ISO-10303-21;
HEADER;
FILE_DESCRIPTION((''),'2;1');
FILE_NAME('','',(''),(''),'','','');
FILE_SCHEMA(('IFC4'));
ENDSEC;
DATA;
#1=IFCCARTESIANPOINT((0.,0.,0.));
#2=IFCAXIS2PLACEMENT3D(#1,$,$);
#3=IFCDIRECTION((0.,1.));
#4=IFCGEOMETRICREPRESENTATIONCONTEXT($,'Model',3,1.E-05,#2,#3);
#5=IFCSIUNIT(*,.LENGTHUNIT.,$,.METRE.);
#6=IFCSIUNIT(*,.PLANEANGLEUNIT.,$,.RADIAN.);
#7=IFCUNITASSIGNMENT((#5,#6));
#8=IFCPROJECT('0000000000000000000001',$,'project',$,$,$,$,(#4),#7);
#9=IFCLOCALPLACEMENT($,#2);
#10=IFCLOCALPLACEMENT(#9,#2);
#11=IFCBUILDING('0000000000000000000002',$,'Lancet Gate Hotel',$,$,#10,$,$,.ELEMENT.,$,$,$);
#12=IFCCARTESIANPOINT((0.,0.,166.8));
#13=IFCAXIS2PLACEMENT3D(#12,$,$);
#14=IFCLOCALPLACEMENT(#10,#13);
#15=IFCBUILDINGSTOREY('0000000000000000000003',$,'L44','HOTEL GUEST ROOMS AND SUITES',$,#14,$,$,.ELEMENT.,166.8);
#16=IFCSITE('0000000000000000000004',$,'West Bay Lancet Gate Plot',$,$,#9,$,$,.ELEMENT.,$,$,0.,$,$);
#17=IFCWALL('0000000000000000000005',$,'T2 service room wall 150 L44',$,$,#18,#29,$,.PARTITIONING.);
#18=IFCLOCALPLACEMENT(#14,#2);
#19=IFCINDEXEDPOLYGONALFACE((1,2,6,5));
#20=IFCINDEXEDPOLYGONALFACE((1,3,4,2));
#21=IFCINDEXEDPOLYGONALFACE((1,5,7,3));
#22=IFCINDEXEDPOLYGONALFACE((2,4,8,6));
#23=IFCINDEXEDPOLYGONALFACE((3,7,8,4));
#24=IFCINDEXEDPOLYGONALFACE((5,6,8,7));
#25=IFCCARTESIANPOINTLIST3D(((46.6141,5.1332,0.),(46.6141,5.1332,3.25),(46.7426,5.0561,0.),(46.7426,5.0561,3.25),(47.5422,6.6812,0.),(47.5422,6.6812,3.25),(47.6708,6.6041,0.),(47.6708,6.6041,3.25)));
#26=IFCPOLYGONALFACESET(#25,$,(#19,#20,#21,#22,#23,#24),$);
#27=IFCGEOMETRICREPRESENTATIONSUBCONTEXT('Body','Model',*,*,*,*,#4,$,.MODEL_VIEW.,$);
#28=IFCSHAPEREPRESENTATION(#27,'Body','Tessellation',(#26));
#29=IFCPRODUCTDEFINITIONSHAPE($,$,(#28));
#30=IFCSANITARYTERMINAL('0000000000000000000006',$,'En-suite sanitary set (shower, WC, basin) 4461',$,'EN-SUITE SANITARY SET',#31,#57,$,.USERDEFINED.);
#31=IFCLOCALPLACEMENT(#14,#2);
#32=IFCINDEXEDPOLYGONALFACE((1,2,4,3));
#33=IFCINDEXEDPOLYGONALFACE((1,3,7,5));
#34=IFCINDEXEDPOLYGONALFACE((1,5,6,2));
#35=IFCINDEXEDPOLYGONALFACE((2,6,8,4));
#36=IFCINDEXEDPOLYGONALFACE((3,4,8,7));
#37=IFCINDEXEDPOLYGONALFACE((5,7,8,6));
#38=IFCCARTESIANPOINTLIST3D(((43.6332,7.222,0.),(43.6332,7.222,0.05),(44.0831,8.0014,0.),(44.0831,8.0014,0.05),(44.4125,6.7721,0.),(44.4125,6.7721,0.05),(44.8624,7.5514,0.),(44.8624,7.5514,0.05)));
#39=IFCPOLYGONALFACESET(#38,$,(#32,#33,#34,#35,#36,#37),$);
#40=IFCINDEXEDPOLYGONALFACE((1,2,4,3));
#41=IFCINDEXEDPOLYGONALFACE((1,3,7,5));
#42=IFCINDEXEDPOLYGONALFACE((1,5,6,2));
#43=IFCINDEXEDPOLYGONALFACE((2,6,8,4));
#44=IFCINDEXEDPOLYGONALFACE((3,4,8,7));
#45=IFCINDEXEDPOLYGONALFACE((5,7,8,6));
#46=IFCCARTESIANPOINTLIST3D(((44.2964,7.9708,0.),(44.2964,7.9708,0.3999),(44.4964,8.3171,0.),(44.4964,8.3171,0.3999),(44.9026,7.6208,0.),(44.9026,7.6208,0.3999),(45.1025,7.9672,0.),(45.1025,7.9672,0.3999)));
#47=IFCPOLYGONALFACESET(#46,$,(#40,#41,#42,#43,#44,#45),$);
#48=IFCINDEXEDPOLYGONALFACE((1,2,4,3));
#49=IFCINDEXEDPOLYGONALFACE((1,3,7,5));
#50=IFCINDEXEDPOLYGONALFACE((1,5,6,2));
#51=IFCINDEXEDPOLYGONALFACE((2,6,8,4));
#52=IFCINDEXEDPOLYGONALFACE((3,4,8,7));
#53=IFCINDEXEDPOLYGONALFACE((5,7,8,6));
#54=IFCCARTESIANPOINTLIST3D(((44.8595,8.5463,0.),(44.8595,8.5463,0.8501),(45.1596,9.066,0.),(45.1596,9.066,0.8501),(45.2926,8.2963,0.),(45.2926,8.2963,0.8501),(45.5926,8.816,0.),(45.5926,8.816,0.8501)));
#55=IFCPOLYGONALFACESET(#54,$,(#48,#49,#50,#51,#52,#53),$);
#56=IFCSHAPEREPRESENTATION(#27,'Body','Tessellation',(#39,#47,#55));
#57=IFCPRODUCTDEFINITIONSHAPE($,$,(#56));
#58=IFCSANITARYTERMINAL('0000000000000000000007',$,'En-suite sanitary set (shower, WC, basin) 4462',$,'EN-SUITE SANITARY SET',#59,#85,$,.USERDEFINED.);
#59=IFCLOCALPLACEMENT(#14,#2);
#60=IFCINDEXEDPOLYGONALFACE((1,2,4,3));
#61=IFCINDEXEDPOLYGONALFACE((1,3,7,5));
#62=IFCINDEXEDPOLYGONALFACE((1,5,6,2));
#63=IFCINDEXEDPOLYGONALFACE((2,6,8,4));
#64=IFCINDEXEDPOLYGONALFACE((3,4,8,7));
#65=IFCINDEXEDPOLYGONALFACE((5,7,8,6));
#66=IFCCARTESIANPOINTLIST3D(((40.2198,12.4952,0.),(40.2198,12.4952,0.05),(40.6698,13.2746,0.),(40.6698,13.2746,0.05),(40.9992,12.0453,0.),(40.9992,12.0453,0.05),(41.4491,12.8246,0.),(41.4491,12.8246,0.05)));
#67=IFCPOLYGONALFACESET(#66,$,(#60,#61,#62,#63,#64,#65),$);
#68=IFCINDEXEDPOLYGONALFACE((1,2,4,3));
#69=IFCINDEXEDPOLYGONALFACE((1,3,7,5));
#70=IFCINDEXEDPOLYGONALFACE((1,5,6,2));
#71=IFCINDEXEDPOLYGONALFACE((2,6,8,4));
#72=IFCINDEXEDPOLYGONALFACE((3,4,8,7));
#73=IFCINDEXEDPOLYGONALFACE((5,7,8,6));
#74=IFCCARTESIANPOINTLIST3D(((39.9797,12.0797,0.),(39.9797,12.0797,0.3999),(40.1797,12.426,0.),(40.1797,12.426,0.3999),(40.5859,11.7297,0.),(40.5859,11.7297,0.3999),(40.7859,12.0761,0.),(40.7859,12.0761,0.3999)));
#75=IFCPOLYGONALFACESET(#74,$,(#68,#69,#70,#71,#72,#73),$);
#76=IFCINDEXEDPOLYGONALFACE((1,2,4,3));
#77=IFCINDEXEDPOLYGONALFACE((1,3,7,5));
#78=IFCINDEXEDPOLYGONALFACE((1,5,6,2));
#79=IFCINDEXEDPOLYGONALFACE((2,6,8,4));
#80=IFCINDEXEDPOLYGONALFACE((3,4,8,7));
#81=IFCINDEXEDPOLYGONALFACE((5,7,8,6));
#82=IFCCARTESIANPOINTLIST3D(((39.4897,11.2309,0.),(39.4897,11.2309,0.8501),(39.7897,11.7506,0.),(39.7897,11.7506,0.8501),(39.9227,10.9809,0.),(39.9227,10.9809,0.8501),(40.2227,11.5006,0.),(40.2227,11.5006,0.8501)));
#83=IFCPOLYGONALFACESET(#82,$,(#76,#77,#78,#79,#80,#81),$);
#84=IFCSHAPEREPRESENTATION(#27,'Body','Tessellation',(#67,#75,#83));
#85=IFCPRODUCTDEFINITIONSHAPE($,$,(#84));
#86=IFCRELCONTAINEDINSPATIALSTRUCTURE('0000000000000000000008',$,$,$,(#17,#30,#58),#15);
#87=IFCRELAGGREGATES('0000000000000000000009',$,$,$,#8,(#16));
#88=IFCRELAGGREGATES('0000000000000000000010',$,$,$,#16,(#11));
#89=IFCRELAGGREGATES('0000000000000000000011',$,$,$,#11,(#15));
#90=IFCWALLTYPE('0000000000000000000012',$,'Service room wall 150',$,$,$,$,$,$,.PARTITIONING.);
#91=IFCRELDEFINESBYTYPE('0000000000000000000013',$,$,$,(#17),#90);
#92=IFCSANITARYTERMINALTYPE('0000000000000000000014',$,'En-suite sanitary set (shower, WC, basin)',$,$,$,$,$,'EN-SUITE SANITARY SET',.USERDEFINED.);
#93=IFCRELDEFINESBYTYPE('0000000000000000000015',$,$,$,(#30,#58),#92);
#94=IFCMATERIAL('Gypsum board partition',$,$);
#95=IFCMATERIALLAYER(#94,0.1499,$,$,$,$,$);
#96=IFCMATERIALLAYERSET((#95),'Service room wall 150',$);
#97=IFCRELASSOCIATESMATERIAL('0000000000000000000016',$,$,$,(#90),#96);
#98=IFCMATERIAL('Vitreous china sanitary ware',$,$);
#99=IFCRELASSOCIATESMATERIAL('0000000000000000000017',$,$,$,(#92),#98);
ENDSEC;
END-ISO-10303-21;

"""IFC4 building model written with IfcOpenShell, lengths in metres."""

from ifc_helpers import new_model, si_unit, direction, frame, frame_2d, origin, origin_2d, place, context, subcontext, project, spatial, rectangle, extrude, material, layer, layer_set, type_object, element, save


model = new_model("IFC4")

# Units and contexts
model_context = context("Model", 3, precision=1e-05, world=origin(), true_north=direction((0.0, 1.0)))
body_context = subcontext(model_context, "Body", "Model", "MODEL_VIEW")
ifc_project = project(units=[si_unit("LENGTHUNIT", "METRE"), si_unit("PLANEANGLEUNIT", "RADIAN")], contexts=[model_context])

# Site, building, storey
site_placement = place(None, origin())
site = spatial("IfcSite", under=ifc_project, at=site_placement, Name="West Bay Lancet Gate Plot", CompositionType="ELEMENT", RefElevation=0.0)
building_placement = place(site_placement, origin())
building = spatial("IfcBuilding", under=site, at=building_placement, Name="Lancet Gate Hotel", CompositionType="ELEMENT")
storey_placement = place(building_placement, frame((0.0, 0.0, 166.8)))
storey = spatial("IfcBuildingStorey", under=building, at=storey_placement, Name="L44", Description="HOTEL GUEST ROOMS AND SUITES", CompositionType="ELEMENT", Elevation=166.8)

# Wall
ifc_material_1 = material(Name="Gypsum board partition")
ifc_layer_1 = layer(ifc_material_1, 0.1499)
ifc_layer_set_1 = layer_set([ifc_layer_1], Name="Service room wall 150")
wall_type_1 = type_object("IfcWallType", Name="Service room wall 150", PredefinedType="PARTITIONING", material=ifc_layer_set_1)
wall_1_placement = place(storey_placement, frame((47.6064, 6.6426, 0.0), z_axis=(0.0, 0.0, 1.0), x_axis=(-0.514237, -0.857648, 0.0)))
element("IfcWall", 1, at=wall_1_placement, inside=storey, type_object=wall_type_1, Name="T2 service room wall 150 L44", PredefinedType="PARTITIONING", context=body_context, shape_type="SweptSolid", body=[
    extrude(rectangle(XDim=1.8049, YDim=0.1499, at=frame_2d((0.9023, 0.0))), origin(), (0.0, 0.0, 1.0), 3.25),
])

# Sanitary terminals
ifc_material_2 = material(Name="Vitreous china sanitary ware")
sanitary_terminal_type = type_object("IfcSanitaryTerminalType", Name="En-suite sanitary set (shower, WC, basin)", ElementType="EN-SUITE SANITARY SET", PredefinedType="USERDEFINED", material=ifc_material_2)
sanitary_terminal_1_placement = place(storey_placement, frame((44.2478, 7.3867, 0.0), z_axis=(0.0, 0.0, 1.0), x_axis=(1.0, 0.0, 0.0)))
element("IfcSanitaryTerminal", 2, at=sanitary_terminal_1_placement, inside=storey, type_object=sanitary_terminal_type, Name="En-suite sanitary set (shower, WC, basin) 4461", ObjectType="EN-SUITE SANITARY SET", PredefinedType="USERDEFINED", context=body_context, shape_type="SweptSolid", body=[
    extrude(rectangle(XDim=0.8999, YDim=0.8999, at=origin_2d()), frame((0.0, 0.0, 0.0), z_axis=(0.0, 0.0, 1.0), x_axis=(-0.5, -0.866025, 0.0)), (0.0, 0.0, 1.0), 0.05),
    extrude(rectangle(XDim=0.3999, YDim=0.7, at=origin_2d()), frame((0.4517, 0.5823, 0.0), z_axis=(0.0, 0.0, 1.0), x_axis=(-0.5, -0.866025, 0.0)), (0.0, 0.0, 1.0), 0.3999),
    extrude(rectangle(XDim=0.6001, YDim=0.5, at=origin_2d()), frame((0.9783, 1.2944, 0.0), z_axis=(0.0, 0.0, 1.0), x_axis=(-0.5, -0.866025, 0.0)), (0.0, 0.0, 1.0), 0.8501),
])
sanitary_terminal_2_placement = place(storey_placement, frame((40.8345, 12.6599, 0.0), z_axis=(0.0, 0.0, 1.0), x_axis=(1.0, 0.0, 0.0)))
element("IfcSanitaryTerminal", 3, at=sanitary_terminal_2_placement, inside=storey, type_object=sanitary_terminal_type, Name="En-suite sanitary set (shower, WC, basin) 4462", ObjectType="EN-SUITE SANITARY SET", PredefinedType="USERDEFINED", context=body_context, shape_type="SweptSolid", body=[
    extrude(rectangle(XDim=0.8999, YDim=0.8999, at=origin_2d()), frame((0.0, 0.0, 0.0), z_axis=(0.0, 0.0, 1.0), x_axis=(0.5, 0.866025, 0.0)), (0.0, 0.0, 1.0), 0.05),
    extrude(rectangle(XDim=0.3999, YDim=0.7, at=origin_2d()), frame((-0.4517, -0.582, 0.0), z_axis=(0.0, 0.0, 1.0), x_axis=(0.5, 0.866025, 0.0)), (0.0, 0.0, 1.0), 0.3999),
    extrude(rectangle(XDim=0.6001, YDim=0.5, at=origin_2d()), frame((-0.9783, -1.2942, 0.0), z_axis=(0.0, 0.0, 1.0), x_axis=(0.5, 0.866025, 0.0)), (0.0, 0.0, 1.0), 0.8501),
])

save(model, "model.ifc")
